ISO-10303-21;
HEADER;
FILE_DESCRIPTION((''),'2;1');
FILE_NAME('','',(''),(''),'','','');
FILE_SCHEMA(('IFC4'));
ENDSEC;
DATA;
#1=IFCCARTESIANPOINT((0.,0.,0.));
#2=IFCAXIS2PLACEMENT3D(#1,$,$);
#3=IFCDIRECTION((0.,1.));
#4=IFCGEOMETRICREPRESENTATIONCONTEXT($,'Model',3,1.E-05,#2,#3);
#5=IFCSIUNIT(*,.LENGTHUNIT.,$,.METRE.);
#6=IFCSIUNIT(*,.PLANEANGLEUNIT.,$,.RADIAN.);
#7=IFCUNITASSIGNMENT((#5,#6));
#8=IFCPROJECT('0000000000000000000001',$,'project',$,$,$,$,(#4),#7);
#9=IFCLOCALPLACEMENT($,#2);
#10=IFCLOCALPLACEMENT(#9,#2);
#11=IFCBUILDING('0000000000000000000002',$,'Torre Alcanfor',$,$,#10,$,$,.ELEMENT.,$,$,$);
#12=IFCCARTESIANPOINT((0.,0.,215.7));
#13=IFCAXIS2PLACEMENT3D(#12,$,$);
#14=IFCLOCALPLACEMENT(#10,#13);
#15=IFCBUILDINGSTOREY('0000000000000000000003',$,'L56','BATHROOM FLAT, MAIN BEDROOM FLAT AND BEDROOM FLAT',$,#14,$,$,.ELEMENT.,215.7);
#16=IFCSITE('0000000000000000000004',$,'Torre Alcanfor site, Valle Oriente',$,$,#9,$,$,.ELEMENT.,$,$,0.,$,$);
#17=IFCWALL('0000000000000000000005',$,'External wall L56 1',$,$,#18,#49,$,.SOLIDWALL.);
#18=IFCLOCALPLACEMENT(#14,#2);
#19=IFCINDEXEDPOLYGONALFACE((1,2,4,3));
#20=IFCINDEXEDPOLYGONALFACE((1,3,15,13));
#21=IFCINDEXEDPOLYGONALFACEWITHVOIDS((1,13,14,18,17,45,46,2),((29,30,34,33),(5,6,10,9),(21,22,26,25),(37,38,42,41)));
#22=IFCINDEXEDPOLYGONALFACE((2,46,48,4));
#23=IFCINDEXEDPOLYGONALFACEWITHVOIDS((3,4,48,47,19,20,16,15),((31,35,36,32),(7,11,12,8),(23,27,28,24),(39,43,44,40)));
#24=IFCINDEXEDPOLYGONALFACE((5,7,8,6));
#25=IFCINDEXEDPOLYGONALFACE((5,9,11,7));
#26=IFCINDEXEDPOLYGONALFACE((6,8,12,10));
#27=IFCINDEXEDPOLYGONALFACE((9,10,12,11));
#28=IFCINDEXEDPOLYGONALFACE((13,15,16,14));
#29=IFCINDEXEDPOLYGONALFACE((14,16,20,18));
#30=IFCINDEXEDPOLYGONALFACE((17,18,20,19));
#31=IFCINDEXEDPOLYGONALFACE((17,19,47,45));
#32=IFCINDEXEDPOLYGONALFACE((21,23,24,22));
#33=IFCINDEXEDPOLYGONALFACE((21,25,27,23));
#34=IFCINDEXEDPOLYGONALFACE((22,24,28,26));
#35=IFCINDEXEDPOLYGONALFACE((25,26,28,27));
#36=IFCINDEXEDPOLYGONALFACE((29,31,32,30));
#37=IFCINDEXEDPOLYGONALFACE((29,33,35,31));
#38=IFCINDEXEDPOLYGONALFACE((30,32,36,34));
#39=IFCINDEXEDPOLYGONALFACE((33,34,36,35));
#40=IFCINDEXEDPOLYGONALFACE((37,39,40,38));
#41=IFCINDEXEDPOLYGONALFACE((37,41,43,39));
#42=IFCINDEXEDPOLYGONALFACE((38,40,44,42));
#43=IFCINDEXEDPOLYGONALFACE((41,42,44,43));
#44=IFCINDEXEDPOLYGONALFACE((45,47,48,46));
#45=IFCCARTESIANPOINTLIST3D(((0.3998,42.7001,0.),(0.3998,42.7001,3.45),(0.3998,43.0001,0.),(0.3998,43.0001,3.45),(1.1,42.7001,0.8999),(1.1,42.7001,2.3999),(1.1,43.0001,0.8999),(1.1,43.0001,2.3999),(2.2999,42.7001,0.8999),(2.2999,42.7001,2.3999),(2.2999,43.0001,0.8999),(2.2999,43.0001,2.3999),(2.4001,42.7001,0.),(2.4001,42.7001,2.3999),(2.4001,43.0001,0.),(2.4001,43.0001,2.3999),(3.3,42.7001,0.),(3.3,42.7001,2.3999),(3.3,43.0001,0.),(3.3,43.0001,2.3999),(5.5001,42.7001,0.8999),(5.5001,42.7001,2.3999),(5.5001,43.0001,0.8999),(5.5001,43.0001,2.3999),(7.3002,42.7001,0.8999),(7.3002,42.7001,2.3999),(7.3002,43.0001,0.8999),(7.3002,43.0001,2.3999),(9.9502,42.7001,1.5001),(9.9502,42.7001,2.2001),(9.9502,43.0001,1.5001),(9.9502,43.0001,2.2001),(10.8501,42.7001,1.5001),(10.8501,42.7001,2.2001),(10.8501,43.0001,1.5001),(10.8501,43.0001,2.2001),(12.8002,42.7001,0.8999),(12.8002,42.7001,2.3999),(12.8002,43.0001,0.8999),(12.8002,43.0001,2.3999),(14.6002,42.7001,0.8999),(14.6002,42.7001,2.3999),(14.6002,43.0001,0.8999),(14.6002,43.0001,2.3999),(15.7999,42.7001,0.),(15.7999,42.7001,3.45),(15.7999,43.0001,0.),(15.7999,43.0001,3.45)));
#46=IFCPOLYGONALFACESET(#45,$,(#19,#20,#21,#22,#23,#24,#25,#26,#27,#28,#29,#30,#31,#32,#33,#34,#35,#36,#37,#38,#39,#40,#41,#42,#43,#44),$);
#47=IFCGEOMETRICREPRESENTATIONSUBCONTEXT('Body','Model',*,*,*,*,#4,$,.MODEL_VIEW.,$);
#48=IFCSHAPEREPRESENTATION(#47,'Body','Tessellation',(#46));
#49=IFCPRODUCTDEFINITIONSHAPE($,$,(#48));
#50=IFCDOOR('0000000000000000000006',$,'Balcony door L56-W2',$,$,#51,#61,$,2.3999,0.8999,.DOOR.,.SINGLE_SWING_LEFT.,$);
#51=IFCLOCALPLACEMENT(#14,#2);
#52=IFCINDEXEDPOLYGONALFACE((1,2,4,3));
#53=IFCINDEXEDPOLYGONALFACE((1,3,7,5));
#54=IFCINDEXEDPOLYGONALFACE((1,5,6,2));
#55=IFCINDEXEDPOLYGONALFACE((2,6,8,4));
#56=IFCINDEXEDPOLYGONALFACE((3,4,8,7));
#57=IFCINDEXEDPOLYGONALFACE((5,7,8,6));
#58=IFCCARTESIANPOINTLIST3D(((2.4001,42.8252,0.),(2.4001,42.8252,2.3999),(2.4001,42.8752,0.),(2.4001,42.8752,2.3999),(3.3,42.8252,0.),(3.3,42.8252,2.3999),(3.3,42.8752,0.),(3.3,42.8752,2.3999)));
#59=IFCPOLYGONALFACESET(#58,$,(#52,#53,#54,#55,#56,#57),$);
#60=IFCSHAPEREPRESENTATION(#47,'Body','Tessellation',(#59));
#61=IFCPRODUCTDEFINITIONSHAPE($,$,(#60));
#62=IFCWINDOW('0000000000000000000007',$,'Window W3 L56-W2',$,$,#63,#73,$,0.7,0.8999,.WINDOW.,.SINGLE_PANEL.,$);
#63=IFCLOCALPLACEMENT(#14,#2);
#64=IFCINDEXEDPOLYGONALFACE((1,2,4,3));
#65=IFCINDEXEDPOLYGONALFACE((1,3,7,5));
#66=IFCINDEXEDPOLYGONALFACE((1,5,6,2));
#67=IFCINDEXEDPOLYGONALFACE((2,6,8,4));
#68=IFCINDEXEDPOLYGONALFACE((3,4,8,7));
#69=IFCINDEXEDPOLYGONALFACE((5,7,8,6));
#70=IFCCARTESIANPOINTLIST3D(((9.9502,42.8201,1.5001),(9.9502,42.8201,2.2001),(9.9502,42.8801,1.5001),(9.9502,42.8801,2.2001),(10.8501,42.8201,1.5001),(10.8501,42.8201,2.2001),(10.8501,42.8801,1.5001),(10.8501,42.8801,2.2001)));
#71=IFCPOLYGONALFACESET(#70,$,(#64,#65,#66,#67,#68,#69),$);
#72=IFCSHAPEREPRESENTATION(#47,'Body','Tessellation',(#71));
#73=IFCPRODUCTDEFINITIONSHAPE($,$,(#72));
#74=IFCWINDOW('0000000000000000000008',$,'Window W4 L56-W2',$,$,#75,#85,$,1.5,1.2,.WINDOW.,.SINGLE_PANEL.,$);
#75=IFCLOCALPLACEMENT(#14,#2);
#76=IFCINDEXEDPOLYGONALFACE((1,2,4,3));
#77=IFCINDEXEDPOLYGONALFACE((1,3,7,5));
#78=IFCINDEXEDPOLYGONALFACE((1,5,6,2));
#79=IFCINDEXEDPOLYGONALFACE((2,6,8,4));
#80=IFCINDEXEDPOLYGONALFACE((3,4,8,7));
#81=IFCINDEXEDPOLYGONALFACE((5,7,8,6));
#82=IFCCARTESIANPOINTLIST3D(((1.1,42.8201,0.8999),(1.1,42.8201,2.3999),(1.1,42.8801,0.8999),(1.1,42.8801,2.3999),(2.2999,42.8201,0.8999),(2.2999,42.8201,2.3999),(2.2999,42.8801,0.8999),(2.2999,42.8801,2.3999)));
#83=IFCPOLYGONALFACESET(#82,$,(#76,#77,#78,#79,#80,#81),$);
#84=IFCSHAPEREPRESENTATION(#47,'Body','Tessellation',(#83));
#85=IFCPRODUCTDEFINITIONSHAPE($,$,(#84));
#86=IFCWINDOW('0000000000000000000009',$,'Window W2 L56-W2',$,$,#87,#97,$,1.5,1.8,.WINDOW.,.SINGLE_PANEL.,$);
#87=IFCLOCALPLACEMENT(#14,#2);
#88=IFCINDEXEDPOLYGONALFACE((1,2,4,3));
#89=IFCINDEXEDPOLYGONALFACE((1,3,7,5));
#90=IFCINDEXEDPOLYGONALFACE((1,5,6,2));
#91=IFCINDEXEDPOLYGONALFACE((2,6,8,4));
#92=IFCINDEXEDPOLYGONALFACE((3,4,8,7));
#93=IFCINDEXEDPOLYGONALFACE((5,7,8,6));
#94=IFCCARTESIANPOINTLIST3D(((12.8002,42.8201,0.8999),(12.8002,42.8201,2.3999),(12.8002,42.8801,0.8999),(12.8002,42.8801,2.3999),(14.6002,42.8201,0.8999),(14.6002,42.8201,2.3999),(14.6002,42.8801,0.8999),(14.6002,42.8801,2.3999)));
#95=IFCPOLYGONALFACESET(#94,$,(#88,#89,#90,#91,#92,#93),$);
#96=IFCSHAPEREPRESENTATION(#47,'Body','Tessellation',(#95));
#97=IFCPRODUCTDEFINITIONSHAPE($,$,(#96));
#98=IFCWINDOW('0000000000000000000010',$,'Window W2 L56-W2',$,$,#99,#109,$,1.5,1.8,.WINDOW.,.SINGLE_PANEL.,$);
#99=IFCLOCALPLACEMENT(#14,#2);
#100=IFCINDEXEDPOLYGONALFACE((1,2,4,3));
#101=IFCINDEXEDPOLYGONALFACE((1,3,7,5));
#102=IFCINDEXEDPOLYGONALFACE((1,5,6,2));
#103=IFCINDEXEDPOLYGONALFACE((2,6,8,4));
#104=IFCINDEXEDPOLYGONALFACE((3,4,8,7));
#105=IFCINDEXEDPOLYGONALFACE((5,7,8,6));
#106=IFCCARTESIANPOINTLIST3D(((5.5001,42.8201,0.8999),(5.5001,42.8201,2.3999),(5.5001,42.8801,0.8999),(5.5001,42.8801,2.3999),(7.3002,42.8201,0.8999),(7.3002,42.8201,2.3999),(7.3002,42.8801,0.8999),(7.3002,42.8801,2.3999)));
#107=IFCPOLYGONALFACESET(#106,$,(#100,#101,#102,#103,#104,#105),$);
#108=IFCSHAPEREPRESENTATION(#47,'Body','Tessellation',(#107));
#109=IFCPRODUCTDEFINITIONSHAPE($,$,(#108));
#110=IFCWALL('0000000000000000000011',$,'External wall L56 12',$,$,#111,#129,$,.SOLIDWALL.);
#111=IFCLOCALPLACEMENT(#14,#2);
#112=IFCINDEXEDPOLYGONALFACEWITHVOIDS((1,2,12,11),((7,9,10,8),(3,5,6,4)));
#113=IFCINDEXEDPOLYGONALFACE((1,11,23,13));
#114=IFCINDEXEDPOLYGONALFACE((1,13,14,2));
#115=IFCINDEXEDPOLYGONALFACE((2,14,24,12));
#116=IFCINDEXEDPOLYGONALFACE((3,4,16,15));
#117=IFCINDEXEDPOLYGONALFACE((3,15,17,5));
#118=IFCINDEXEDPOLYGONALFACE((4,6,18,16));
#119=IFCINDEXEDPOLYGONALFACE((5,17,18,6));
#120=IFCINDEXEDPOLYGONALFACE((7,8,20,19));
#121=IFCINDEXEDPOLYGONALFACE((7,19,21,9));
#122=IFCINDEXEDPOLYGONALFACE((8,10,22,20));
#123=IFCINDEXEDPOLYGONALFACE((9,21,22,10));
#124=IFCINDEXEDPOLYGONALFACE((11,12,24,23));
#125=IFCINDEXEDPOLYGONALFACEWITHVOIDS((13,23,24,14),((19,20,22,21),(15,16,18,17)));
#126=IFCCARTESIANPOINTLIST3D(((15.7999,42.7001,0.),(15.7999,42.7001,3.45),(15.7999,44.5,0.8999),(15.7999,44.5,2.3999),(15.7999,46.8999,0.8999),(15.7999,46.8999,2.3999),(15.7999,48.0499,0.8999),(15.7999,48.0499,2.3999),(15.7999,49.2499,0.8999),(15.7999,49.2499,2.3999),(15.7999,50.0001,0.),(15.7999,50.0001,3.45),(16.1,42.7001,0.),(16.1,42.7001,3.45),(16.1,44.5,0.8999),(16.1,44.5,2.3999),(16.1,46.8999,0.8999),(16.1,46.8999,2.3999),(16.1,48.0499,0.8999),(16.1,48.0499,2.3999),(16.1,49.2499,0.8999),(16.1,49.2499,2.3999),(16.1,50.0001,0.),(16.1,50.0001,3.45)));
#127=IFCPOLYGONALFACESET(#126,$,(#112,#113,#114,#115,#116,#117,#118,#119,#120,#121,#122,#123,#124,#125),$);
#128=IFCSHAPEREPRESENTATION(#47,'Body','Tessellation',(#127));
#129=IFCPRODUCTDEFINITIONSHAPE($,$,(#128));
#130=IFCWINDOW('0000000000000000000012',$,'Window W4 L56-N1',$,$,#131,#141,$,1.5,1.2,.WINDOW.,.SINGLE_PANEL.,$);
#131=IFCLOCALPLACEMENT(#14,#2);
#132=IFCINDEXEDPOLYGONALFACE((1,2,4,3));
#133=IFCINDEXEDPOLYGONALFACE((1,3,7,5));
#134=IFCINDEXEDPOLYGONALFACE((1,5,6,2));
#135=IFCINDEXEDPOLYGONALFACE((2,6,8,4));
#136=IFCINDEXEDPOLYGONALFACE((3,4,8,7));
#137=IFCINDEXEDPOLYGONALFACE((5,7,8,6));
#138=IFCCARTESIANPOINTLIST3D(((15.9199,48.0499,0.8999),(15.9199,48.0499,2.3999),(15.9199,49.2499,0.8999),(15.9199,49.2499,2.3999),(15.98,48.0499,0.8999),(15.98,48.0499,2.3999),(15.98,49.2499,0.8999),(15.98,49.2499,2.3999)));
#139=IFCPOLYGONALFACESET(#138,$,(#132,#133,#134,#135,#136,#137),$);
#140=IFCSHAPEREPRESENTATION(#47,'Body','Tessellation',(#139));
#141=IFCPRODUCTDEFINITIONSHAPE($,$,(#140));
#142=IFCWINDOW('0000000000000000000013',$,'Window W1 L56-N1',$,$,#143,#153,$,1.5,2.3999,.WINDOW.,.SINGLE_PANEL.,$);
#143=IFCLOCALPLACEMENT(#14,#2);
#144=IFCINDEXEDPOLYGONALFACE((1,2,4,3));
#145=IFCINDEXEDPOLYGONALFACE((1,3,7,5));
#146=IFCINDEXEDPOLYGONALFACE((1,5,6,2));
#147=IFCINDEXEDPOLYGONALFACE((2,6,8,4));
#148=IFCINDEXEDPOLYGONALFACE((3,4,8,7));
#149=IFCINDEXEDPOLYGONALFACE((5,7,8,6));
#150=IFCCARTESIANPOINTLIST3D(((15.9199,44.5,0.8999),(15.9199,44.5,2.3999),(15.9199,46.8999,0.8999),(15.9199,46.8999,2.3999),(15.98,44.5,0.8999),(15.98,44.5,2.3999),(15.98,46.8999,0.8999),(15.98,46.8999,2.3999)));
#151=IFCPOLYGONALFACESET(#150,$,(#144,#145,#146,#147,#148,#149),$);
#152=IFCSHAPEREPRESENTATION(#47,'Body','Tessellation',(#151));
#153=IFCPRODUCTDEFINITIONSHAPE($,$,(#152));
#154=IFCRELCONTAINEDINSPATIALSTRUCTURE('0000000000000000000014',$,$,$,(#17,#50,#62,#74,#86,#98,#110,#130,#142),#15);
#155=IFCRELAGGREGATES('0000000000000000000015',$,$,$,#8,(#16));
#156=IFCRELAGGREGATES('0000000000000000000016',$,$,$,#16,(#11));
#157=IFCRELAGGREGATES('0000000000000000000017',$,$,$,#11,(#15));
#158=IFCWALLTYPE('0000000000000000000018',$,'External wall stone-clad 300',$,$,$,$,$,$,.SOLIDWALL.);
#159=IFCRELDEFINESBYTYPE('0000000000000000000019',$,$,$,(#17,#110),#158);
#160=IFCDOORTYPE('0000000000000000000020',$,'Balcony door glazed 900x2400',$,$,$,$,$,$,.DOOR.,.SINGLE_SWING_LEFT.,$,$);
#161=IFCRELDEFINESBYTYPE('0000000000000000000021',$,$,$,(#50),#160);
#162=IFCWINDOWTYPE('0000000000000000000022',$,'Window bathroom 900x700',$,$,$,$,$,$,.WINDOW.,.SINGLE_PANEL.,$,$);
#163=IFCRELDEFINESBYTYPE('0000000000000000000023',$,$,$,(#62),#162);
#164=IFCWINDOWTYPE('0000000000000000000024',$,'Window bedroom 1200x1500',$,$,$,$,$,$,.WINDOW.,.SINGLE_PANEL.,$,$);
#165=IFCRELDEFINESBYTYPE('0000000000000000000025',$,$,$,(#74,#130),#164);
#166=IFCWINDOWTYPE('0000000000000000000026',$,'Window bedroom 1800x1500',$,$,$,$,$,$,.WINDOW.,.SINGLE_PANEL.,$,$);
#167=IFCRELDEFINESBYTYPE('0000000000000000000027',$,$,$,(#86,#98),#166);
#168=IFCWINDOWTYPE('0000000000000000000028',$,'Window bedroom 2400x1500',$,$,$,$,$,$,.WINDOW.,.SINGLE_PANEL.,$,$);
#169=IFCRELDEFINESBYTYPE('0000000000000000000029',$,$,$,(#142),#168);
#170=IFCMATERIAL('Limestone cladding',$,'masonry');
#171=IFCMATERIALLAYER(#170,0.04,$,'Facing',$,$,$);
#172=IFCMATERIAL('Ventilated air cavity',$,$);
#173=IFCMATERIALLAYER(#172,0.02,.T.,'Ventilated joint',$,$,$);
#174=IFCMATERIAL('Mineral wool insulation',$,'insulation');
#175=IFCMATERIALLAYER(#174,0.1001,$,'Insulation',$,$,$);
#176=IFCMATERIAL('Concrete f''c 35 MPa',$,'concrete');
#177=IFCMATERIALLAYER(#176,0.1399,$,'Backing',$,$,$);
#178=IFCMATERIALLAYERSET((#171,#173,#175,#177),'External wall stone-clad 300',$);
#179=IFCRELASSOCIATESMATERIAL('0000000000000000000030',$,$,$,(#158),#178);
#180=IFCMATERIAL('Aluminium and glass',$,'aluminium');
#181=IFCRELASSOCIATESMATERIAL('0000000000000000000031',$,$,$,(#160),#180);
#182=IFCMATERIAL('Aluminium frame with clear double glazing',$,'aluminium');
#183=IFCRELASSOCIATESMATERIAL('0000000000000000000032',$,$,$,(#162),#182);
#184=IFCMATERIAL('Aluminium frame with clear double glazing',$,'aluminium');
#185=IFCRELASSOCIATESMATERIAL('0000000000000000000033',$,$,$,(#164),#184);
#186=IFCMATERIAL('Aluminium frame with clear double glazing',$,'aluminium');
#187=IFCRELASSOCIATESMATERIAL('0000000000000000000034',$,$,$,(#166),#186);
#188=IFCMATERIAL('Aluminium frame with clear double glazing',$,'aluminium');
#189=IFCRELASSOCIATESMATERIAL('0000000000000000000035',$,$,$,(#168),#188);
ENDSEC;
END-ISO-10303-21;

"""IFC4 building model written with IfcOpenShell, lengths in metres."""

from ifc_helpers import new_model, si_unit, direction, frame, frame_2d, origin, place, context, subcontext, project, spatial, rectangle, extrude, material, layer, layer_set, type_object, element, fill, save


model = new_model("IFC4")

# Units and contexts
model_context = context("Model", 3, precision=1e-05, world=origin(), true_north=direction((0.0, 1.0)))
body_context = subcontext(model_context, "Body", "Model", "MODEL_VIEW")
ifc_project = project(units=[si_unit("LENGTHUNIT", "METRE"), si_unit("PLANEANGLEUNIT", "RADIAN")], contexts=[model_context])

# Site, building, storey
site_placement = place(None, origin())
site = spatial("IfcSite", under=ifc_project, at=site_placement, Name="Torre Alcanfor site, Valle Oriente", CompositionType="ELEMENT", RefElevation=0.0)
building_placement = place(site_placement, origin())
building = spatial("IfcBuilding", under=site, at=building_placement, Name="Torre Alcanfor", CompositionType="ELEMENT")
storey_placement = place(building_placement, frame((0.0, 0.0, 215.7)))
storey = spatial("IfcBuildingStorey", under=building, at=storey_placement, Name="L56", Description="BATHROOM FLAT, MAIN BEDROOM FLAT AND BEDROOM FLAT", CompositionType="ELEMENT", Elevation=215.7)

# Wall, openings, door, windows
ifc_material_1 = material(Name="Limestone cladding", Category="masonry")
ifc_layer_1 = layer(ifc_material_1, 0.04, Name="Facing")
ifc_material_2 = material(Name="Ventilated air cavity")
ifc_layer_2 = layer(ifc_material_2, 0.02, ventilated=True, Name="Ventilated joint")
ifc_material_3 = material(Name="Mineral wool insulation", Category="insulation")
ifc_layer_3 = layer(ifc_material_3, 0.1001, Name="Insulation")
ifc_material_4 = material(Name="Concrete f'c 35 MPa", Category="concrete")
ifc_layer_4 = layer(ifc_material_4, 0.1399, Name="Backing")
ifc_layer_set_1 = layer_set([ifc_layer_1, ifc_layer_2, ifc_layer_3, ifc_layer_4], Name="External wall stone-clad 300")
wall_type_1 = type_object("IfcWallType", Name="External wall stone-clad 300", PredefinedType="SOLIDWALL", material=ifc_layer_set_1)
wall_1_placement = place(storey_placement, frame((15.8, 42.8501, 0.0), z_axis=(0.0, 0.0, 1.0), x_axis=(-1.0, 0.0, 0.0)))
wall_1 = element("IfcWall", 1, at=wall_1_placement, inside=storey, type_object=wall_type_1, Name="External wall L56 1", PredefinedType="SOLIDWALL", context=body_context, shape_type="SweptSolid", body=[
    extrude(rectangle(XDim=15.4001, YDim=0.3, at=frame_2d((7.7002, 0.0))), origin(), (0.0, 0.0, 1.0), 3.45),
])
opening_1_placement = place(wall_1_placement, frame((1.2, 0.0, 0.8999)))
opening_1 = element("IfcOpeningElement", 2, at=opening_1_placement, cuts=wall_1, PredefinedType="OPENING", context=body_context, shape_type="SweptSolid", body=[
    extrude(rectangle(XDim=1.8, YDim=1.5, at=frame_2d((0.8999, 0.75))), frame((0.0, 0.1599, 0.0), z_axis=(0.0, -1.0, 0.0), x_axis=(1.0, 0.0, 0.0)), (0.0, 0.0, 1.0), 0.3201),
])
opening_2_placement = place(wall_1_placement, frame((4.95, 0.0, 1.5)))
opening_2 = element("IfcOpeningElement", 3, at=opening_2_placement, cuts=wall_1, PredefinedType="OPENING", context=body_context, shape_type="SweptSolid", body=[
    extrude(rectangle(XDim=0.8999, YDim=0.7, at=frame_2d((0.45, 0.3501))), frame((0.0, 0.1599, 0.0), z_axis=(0.0, -1.0, 0.0), x_axis=(1.0, 0.0, 0.0)), (0.0, 0.0, 1.0), 0.3201),
])
opening_3_placement = place(wall_1_placement, frame((8.5, 0.0, 0.8999)))
opening_3 = element("IfcOpeningElement", 4, at=opening_3_placement, cuts=wall_1, PredefinedType="OPENING", context=body_context, shape_type="SweptSolid", body=[
    extrude(rectangle(XDim=1.8, YDim=1.5, at=frame_2d((0.8999, 0.75))), frame((0.0, 0.1599, 0.0), z_axis=(0.0, -1.0, 0.0), x_axis=(1.0, 0.0, 0.0)), (0.0, 0.0, 1.0), 0.3201),
])
opening_4_placement = place(wall_1_placement, frame((12.5, 0.0, 0.0)))
opening_4 = element("IfcOpeningElement", 5, at=opening_4_placement, cuts=wall_1, PredefinedType="OPENING", context=body_context, shape_type="SweptSolid", body=[
    extrude(rectangle(XDim=0.8999, YDim=2.3999, at=frame_2d((0.45, 1.2))), frame((0.0, 0.1599, 0.0), z_axis=(0.0, -1.0, 0.0), x_axis=(1.0, 0.0, 0.0)), (0.0, 0.0, 1.0), 0.3201),
])
opening_5_placement = place(wall_1_placement, frame((13.5, 0.0, 0.8999)))
opening_5 = element("IfcOpeningElement", 6, at=opening_5_placement, cuts=wall_1, PredefinedType="OPENING", context=body_context, shape_type="SweptSolid", body=[
    extrude(rectangle(XDim=1.2, YDim=1.5, at=frame_2d((0.6001, 0.75))), frame((0.0, 0.1599, 0.0), z_axis=(0.0, -1.0, 0.0), x_axis=(1.0, 0.0, 0.0)), (0.0, 0.0, 1.0), 0.3201),
])
ifc_material_5 = material(Name="Aluminium and glass", Category="aluminium")
door_type_1 = type_object("IfcDoorType", Name="Balcony door glazed 900x2400", OperationType="SINGLE_SWING_LEFT", PredefinedType="DOOR", material=ifc_material_5)
door_1_placement = place(opening_4_placement, origin())
door_1 = element("IfcDoor", 7, at=door_1_placement, inside=storey, type_object=door_type_1, Name="Balcony door L56-W2", OperationType="SINGLE_SWING_LEFT", OverallHeight=2.3999, OverallWidth=0.8999, PredefinedType="DOOR", context=body_context, shape_type="SweptSolid", body=[
    extrude(rectangle(XDim=0.8999, YDim=2.3999, at=frame_2d((0.45, 1.2))), frame((0.0, 0.0249, 0.0), z_axis=(0.0, -1.0, 0.0), x_axis=(1.0, 0.0, 0.0)), (0.0, 0.0, 1.0), 0.05),
])
fill(opening_4, door_1)
ifc_material_6 = material(Name="Aluminium frame with clear double glazing", Category="aluminium")
window_type_1 = type_object("IfcWindowType", Name="Window bathroom 900x700", PartitioningType="SINGLE_PANEL", PredefinedType="WINDOW", material=ifc_material_6)
window_1_placement = place(opening_2_placement, origin())
window_1 = element("IfcWindow", 8, at=window_1_placement, inside=storey, type_object=window_type_1, Name="Window W3 L56-W2", OverallHeight=0.7, OverallWidth=0.8999, PartitioningType="SINGLE_PANEL", PredefinedType="WINDOW", context=body_context, shape_type="SweptSolid", body=[
    extrude(rectangle(XDim=0.8999, YDim=0.7, at=frame_2d((0.45, 0.3501))), frame((0.0, 0.03, 0.0), z_axis=(0.0, -1.0, 0.0), x_axis=(1.0, 0.0, 0.0)), (0.0, 0.0, 1.0), 0.0601),
])
fill(opening_2, window_1)
ifc_material_7 = material(Name="Aluminium frame with clear double glazing", Category="aluminium")
window_type_2 = type_object("IfcWindowType", Name="Window bedroom 1200x1500", PartitioningType="SINGLE_PANEL", PredefinedType="WINDOW", material=ifc_material_7)
window_2_placement = place(opening_5_placement, origin())
window_2 = element("IfcWindow", 9, at=window_2_placement, inside=storey, type_object=window_type_2, Name="Window W4 L56-W2", OverallHeight=1.5, OverallWidth=1.2, PartitioningType="SINGLE_PANEL", PredefinedType="WINDOW", context=body_context, shape_type="SweptSolid", body=[
    extrude(rectangle(XDim=1.2, YDim=1.5, at=frame_2d((0.6001, 0.75))), frame((0.0, 0.03, 0.0), z_axis=(0.0, -1.0, 0.0), x_axis=(1.0, 0.0, 0.0)), (0.0, 0.0, 1.0), 0.0601),
])
fill(opening_5, window_2)
ifc_material_8 = material(Name="Aluminium frame with clear double glazing", Category="aluminium")
window_type_3 = type_object("IfcWindowType", Name="Window bedroom 1800x1500", PartitioningType="SINGLE_PANEL", PredefinedType="WINDOW", material=ifc_material_8)
window_3_placement = place(opening_1_placement, origin())
window_3 = element("IfcWindow", 10, at=window_3_placement, inside=storey, type_object=window_type_3, Name="Window W2 L56-W2", OverallHeight=1.5, OverallWidth=1.8, PartitioningType="SINGLE_PANEL", PredefinedType="WINDOW", context=body_context, shape_type="SweptSolid", body=[
    extrude(rectangle(XDim=1.8, YDim=1.5, at=frame_2d((0.8999, 0.75))), frame((0.0, 0.03, 0.0), z_axis=(0.0, -1.0, 0.0), x_axis=(1.0, 0.0, 0.0)), (0.0, 0.0, 1.0), 0.0601),
])
fill(opening_1, window_3)
window_4_placement = place(opening_3_placement, origin())
window_4 = element("IfcWindow", 11, at=window_4_placement, inside=storey, type_object=window_type_3, Name="Window W2 L56-W2", OverallHeight=1.5, OverallWidth=1.8, PartitioningType="SINGLE_PANEL", PredefinedType="WINDOW", context=body_context, shape_type="SweptSolid", body=[
    extrude(rectangle(XDim=1.8, YDim=1.5, at=frame_2d((0.8999, 0.75))), frame((0.0, 0.03, 0.0), z_axis=(0.0, -1.0, 0.0), x_axis=(1.0, 0.0, 0.0)), (0.0, 0.0, 1.0), 0.0601),
])
fill(opening_3, window_4)

# Wall, openings, windows
wall_2_placement = place(storey_placement, frame((15.95, 50.0, 0.0), z_axis=(0.0, 0.0, 1.0), x_axis=(0.0, -1.0, 0.0)))
wall_2 = element("IfcWall", 12, at=wall_2_placement, inside=storey, type_object=wall_type_1, Name="External wall L56 12", PredefinedType="SOLIDWALL", context=body_context, shape_type="SweptSolid", body=[
    extrude(rectangle(XDim=7.3, YDim=0.3, at=frame_2d((3.6499, 0.0))), origin(), (0.0, 0.0, 1.0), 3.45),
])
opening_6_placement = place(wall_2_placement, frame((3.1001, 0.0, 0.8999)))
opening_6 = element("IfcOpeningElement", 13, at=opening_6_placement, cuts=wall_2, PredefinedType="OPENING", context=body_context, shape_type="SweptSolid", body=[
    extrude(rectangle(XDim=2.3999, YDim=1.5, at=frame_2d((1.2, 0.75))), frame((0.0, 0.1599, 0.0), z_axis=(0.0, -1.0, 0.0), x_axis=(1.0, 0.0, 0.0)), (0.0, 0.0, 1.0), 0.3201),
])
opening_7_placement = place(wall_2_placement, frame((0.75, 0.0, 0.8999)))
opening_7 = element("IfcOpeningElement", 14, at=opening_7_placement, cuts=wall_2, PredefinedType="OPENING", context=body_context, shape_type="SweptSolid", body=[
    extrude(rectangle(XDim=1.2, YDim=1.5, at=frame_2d((0.6001, 0.75))), frame((0.0, 0.1599, 0.0), z_axis=(0.0, -1.0, 0.0), x_axis=(1.0, 0.0, 0.0)), (0.0, 0.0, 1.0), 0.3201),
])
window_5_placement = place(opening_7_placement, origin())
window_5 = element("IfcWindow", 15, at=window_5_placement, inside=storey, type_object=window_type_2, Name="Window W4 L56-N1", OverallHeight=1.5, OverallWidth=1.2, PartitioningType="SINGLE_PANEL", PredefinedType="WINDOW", context=body_context, shape_type="SweptSolid", body=[
    extrude(rectangle(XDim=1.2, YDim=1.5, at=frame_2d((0.6001, 0.75))), frame((0.0, 0.03, 0.0), z_axis=(0.0, -1.0, 0.0), x_axis=(1.0, 0.0, 0.0)), (0.0, 0.0, 1.0), 0.0601),
])
fill(opening_7, window_5)
ifc_material_9 = material(Name="Aluminium frame with clear double glazing", Category="aluminium")
window_type_4 = type_object("IfcWindowType", Name="Window bedroom 2400x1500", PartitioningType="SINGLE_PANEL", PredefinedType="WINDOW", material=ifc_material_9)
window_6_placement = place(opening_6_placement, origin())
window_6 = element("IfcWindow", 16, at=window_6_placement, inside=storey, type_object=window_type_4, Name="Window W1 L56-N1", OverallHeight=1.5, OverallWidth=2.3999, PartitioningType="SINGLE_PANEL", PredefinedType="WINDOW", context=body_context, shape_type="SweptSolid", body=[
    extrude(rectangle(XDim=2.3999, YDim=1.5, at=frame_2d((1.2, 0.75))), frame((0.0, 0.03, 0.0), z_axis=(0.0, -1.0, 0.0), x_axis=(1.0, 0.0, 0.0)), (0.0, 0.0, 1.0), 0.0601),
])
fill(opening_6, window_6)

save(model, "model.ifc")
